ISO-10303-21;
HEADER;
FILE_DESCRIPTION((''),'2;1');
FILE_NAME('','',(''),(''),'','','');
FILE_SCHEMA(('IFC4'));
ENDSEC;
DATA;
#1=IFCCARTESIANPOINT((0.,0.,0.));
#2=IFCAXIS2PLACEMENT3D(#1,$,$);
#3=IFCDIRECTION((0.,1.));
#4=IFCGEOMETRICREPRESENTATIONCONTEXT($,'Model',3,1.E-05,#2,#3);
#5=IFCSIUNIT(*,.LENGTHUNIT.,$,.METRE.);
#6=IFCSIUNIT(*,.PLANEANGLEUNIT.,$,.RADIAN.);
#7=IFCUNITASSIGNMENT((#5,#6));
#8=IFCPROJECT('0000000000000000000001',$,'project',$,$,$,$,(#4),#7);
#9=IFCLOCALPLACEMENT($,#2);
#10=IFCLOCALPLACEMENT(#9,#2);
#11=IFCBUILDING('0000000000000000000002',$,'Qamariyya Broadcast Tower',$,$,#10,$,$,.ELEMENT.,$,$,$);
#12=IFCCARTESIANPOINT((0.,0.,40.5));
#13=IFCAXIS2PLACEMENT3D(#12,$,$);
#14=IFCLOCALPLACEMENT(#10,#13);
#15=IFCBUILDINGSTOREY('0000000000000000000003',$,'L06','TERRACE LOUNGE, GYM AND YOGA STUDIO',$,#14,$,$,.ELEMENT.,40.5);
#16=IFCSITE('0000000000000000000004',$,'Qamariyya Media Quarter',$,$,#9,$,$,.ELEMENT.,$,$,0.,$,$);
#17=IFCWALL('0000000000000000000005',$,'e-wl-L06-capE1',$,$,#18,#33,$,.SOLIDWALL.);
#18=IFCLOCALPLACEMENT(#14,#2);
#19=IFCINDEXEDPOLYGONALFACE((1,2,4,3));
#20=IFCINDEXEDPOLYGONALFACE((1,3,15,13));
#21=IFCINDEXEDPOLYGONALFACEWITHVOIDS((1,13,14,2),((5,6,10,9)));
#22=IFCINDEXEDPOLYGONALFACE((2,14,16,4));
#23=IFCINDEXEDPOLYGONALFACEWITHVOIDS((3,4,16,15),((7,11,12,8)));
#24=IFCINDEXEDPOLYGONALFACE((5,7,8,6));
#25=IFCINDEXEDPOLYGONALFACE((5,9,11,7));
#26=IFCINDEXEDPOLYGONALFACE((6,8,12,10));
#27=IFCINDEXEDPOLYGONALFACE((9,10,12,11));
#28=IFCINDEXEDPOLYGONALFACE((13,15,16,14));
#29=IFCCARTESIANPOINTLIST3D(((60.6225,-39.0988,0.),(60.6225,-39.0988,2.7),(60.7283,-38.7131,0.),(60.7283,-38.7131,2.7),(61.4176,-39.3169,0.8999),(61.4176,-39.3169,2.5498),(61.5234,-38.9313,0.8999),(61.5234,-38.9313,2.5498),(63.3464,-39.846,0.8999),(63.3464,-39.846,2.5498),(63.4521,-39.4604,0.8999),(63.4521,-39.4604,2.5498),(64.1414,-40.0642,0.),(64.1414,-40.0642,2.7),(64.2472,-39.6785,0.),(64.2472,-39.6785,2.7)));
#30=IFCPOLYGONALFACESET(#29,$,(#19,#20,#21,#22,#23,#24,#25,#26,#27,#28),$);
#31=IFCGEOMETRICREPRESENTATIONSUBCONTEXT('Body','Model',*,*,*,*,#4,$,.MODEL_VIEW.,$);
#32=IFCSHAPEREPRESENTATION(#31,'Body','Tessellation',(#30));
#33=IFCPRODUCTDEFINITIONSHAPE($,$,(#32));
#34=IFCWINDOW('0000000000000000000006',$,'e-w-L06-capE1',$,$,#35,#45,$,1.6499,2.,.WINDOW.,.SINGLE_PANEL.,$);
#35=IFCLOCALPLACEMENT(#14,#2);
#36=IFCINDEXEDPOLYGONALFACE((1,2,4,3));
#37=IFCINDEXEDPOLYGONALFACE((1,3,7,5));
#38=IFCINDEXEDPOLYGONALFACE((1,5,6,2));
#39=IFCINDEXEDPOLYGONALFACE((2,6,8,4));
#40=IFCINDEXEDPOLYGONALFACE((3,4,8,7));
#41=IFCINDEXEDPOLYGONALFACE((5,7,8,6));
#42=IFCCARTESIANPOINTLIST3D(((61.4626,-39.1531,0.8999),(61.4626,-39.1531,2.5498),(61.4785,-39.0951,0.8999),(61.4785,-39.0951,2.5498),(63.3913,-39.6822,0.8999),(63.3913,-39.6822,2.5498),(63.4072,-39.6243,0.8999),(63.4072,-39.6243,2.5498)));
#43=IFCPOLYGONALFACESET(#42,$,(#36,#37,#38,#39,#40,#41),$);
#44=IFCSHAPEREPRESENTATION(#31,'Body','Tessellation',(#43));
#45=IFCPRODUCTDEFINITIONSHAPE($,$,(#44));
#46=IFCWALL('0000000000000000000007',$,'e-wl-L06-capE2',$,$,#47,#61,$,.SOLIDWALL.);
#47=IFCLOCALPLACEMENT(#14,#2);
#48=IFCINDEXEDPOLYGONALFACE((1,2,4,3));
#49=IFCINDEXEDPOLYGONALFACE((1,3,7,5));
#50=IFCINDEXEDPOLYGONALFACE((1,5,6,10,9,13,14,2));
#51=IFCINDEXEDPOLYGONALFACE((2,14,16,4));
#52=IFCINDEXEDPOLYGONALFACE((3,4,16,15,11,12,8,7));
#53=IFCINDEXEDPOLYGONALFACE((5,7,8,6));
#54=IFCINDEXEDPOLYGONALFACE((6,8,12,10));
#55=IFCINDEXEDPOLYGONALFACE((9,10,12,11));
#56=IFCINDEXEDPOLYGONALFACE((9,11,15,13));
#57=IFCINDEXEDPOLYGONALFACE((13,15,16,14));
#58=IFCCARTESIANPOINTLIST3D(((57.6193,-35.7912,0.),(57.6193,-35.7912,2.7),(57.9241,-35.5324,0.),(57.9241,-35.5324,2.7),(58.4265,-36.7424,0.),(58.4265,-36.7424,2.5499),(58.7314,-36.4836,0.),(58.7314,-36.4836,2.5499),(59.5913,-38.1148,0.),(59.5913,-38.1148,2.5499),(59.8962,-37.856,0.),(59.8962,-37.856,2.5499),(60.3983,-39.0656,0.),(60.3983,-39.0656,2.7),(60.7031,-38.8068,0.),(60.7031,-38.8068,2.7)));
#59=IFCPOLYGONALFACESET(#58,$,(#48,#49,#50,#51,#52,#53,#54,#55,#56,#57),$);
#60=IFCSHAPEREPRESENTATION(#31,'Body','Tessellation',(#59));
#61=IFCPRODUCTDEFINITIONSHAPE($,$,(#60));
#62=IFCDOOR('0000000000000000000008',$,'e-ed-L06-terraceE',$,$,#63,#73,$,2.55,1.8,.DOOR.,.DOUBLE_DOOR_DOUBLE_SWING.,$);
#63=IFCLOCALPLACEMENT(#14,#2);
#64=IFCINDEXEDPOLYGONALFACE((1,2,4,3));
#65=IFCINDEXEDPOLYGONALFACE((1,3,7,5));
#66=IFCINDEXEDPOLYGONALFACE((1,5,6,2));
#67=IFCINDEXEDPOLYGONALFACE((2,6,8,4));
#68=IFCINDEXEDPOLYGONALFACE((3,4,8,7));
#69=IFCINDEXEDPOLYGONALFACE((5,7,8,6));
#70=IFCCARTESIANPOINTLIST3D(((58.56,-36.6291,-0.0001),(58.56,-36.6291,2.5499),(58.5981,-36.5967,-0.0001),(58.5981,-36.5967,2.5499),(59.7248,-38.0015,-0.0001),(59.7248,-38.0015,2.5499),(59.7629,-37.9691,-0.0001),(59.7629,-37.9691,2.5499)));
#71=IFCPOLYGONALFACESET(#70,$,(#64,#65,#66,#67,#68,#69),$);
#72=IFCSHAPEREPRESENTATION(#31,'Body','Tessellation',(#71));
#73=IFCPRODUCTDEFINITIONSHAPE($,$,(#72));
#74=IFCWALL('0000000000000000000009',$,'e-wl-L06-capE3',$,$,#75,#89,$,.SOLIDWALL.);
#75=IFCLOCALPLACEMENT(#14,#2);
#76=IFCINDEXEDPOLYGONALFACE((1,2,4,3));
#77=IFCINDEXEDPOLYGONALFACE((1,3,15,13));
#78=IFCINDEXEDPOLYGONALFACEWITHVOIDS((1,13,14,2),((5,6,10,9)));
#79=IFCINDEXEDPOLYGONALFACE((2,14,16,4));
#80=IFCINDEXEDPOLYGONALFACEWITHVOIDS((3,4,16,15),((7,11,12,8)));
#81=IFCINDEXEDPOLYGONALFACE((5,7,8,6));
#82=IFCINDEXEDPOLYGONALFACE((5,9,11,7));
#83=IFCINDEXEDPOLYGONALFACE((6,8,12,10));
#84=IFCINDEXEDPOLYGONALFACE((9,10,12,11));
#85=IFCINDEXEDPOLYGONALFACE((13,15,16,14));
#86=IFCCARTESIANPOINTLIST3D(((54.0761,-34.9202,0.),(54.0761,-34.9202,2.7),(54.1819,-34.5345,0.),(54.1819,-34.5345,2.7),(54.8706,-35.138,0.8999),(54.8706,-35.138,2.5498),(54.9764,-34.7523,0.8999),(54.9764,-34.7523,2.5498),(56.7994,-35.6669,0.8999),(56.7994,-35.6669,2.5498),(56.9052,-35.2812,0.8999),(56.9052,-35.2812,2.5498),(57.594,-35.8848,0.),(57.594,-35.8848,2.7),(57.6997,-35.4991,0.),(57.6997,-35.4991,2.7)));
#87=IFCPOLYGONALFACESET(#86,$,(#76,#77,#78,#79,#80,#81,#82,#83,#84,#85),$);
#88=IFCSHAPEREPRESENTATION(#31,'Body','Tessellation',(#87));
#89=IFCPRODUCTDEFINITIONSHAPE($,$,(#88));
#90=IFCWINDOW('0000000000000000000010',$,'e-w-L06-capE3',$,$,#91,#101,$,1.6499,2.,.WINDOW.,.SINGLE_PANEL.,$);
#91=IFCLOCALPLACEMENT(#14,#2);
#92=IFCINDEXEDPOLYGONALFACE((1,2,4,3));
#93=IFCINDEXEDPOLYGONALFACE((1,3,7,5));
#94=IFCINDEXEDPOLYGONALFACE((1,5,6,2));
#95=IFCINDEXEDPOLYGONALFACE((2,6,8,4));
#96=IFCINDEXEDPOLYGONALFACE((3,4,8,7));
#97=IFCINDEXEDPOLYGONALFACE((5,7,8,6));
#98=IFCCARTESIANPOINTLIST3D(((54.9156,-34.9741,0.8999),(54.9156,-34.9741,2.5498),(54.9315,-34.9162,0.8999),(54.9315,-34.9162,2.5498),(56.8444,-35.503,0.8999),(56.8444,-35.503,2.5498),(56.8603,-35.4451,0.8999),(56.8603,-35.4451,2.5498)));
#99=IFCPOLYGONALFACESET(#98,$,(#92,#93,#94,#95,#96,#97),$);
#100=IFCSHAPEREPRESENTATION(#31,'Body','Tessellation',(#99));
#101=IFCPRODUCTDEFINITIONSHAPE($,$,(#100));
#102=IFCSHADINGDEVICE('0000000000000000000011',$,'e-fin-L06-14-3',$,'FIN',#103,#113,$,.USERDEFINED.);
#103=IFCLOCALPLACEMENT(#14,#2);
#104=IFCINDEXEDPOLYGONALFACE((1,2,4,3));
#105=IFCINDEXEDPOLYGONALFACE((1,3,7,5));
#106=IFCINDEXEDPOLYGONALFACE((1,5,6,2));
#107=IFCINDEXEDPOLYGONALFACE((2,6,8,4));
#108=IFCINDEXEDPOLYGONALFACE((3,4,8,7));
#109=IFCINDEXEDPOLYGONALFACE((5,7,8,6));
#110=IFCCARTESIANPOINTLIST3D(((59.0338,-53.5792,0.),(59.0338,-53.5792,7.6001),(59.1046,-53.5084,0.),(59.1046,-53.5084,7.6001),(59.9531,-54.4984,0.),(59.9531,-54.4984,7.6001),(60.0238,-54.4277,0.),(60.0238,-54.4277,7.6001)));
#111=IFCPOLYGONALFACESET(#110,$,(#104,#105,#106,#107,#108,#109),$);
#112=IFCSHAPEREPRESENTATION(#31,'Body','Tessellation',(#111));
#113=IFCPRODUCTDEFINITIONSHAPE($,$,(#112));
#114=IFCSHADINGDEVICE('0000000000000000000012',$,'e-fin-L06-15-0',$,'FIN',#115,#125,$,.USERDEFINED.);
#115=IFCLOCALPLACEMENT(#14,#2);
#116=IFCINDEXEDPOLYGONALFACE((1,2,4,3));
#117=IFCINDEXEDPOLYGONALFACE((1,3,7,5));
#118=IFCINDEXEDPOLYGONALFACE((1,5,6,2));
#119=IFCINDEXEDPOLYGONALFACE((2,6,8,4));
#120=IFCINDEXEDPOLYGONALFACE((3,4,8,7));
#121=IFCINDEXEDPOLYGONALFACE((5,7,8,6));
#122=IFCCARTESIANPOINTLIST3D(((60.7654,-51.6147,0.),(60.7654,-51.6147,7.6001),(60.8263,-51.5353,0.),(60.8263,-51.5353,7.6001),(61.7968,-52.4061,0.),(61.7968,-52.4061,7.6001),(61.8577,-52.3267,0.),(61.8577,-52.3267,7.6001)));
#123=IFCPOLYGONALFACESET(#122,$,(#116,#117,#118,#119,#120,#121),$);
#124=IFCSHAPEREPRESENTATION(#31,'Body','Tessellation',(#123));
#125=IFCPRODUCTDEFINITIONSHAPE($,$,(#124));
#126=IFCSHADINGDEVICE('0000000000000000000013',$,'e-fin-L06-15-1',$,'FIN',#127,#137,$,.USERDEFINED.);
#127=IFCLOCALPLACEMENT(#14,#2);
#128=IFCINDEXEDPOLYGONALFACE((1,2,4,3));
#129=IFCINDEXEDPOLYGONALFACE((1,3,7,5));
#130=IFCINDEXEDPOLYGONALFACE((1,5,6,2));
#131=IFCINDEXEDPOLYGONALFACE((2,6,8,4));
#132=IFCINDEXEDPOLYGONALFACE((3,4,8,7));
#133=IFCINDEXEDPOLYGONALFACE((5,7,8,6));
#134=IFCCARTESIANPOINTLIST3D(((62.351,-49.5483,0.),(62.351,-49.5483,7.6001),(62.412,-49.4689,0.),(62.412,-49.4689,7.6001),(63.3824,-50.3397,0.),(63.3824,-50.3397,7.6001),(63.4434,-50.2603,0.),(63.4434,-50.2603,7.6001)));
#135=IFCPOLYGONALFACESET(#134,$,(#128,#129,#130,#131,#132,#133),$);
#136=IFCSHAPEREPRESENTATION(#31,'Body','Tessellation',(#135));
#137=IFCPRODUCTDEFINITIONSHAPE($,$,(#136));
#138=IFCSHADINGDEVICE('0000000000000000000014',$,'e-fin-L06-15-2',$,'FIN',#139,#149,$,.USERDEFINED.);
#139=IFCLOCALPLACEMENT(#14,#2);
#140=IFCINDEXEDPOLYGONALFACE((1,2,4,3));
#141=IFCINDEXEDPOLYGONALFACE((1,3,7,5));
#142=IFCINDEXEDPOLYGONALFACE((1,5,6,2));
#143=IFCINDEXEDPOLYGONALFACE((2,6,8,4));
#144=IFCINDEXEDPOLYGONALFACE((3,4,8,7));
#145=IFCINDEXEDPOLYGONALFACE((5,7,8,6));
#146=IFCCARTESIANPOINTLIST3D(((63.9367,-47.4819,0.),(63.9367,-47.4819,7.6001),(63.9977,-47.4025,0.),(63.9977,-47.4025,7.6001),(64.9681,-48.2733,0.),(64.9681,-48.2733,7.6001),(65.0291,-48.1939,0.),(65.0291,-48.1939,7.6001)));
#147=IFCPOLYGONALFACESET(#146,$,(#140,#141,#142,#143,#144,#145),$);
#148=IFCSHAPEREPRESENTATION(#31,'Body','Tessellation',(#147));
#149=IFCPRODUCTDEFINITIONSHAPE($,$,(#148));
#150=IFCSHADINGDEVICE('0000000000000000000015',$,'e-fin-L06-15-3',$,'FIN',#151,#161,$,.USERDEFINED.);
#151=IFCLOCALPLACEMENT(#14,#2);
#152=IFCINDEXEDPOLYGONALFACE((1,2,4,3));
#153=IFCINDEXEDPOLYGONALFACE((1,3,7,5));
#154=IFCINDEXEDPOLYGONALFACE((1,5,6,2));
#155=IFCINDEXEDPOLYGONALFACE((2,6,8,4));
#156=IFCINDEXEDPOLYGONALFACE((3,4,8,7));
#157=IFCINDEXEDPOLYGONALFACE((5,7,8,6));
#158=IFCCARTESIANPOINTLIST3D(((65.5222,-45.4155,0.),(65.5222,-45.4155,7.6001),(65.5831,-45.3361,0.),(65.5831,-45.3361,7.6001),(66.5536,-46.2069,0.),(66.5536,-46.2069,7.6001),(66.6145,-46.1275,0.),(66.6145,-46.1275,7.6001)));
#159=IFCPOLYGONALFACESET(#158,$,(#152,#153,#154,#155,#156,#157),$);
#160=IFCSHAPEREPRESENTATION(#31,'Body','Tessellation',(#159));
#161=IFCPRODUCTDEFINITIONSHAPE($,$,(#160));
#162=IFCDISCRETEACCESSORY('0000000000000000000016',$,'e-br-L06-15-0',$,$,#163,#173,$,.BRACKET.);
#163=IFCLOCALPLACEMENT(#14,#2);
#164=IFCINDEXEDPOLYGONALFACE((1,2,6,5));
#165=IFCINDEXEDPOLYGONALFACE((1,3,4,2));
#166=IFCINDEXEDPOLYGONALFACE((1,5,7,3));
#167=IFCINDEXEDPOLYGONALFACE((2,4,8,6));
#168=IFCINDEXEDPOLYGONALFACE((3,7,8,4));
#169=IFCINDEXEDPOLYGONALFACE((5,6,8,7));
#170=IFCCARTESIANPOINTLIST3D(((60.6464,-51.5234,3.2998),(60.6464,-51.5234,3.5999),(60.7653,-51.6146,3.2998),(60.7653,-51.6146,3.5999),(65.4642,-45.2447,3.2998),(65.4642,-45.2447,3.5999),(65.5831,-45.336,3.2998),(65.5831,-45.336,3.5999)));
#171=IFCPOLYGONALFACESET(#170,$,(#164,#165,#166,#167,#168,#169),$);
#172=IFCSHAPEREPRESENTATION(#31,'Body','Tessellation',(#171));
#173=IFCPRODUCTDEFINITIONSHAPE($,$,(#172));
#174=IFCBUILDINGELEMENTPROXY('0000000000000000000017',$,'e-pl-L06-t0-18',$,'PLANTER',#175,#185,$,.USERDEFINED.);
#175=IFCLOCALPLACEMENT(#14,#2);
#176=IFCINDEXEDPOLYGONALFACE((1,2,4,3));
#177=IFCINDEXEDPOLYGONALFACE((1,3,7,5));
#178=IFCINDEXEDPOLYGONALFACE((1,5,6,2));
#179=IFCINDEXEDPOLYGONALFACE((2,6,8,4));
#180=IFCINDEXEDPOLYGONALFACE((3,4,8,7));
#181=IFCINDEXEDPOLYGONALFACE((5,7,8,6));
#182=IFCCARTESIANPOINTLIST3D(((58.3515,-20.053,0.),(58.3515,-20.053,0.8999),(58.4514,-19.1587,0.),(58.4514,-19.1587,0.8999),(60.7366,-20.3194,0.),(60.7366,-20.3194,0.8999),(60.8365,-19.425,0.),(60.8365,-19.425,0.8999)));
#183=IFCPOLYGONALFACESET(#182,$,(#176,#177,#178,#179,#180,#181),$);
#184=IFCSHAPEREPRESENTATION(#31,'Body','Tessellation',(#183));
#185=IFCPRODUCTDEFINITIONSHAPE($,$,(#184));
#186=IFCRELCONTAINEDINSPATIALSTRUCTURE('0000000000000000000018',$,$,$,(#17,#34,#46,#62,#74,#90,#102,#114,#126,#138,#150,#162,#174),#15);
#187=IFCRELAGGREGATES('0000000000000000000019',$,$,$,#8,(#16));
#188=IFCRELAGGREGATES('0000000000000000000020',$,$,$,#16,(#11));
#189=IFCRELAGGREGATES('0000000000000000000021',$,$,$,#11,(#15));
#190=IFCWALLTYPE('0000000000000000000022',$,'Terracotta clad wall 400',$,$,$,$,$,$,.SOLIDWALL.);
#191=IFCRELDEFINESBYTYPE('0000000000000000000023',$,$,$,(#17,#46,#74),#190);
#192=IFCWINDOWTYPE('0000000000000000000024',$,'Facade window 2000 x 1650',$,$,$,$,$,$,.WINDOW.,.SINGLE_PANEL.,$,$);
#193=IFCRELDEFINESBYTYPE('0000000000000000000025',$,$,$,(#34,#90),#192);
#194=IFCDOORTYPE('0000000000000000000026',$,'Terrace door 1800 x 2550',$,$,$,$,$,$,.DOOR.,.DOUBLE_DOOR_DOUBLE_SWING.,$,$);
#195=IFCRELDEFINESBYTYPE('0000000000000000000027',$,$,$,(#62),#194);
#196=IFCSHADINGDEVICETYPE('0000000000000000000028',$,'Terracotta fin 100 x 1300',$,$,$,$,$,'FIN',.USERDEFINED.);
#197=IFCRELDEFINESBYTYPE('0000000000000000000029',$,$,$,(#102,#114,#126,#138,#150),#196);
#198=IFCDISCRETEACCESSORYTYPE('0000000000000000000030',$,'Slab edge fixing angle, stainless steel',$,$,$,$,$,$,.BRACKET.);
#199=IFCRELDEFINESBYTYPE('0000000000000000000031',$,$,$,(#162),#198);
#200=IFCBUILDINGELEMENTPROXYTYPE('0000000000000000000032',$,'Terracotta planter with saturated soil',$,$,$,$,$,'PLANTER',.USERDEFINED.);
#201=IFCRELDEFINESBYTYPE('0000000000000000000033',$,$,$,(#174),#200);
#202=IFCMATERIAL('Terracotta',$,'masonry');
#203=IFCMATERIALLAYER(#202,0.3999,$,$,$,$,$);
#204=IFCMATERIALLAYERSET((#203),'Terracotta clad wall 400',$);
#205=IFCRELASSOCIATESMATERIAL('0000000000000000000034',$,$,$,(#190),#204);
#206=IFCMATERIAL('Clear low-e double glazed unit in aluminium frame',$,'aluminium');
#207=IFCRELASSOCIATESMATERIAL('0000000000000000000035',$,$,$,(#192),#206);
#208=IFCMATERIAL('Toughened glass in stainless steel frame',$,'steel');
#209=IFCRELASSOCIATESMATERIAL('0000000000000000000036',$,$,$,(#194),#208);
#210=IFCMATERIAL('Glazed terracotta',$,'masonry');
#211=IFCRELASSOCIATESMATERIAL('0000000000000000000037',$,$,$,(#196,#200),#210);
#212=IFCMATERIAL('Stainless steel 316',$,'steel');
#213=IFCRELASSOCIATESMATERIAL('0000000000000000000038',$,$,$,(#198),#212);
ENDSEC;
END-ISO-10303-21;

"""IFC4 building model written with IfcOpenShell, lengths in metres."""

from ifc_helpers import new_model, si_unit, direction, frame, frame_2d, origin, origin_2d, place, context, subcontext, project, spatial, rectangle, extrude, material, layer, layer_set, material_profile, profile_set, type_object, element, fill, save


model = new_model("IFC4")

# Units and contexts
model_context = context("Model", 3, precision=1e-05, world=origin(), true_north=direction((0.0, 1.0)))
body_context = subcontext(model_context, "Body", "Model", "MODEL_VIEW")
ifc_project = project(units=[si_unit("LENGTHUNIT", "METRE"), si_unit("PLANEANGLEUNIT", "RADIAN")], contexts=[model_context])

# Site, building, storey
site_placement = place(None, origin())
site = spatial("IfcSite", under=ifc_project, at=site_placement, Name="Qamariyya Media Quarter", CompositionType="ELEMENT", RefElevation=0.0)
building_placement = place(site_placement, origin())
building = spatial("IfcBuilding", under=site, at=building_placement, Name="Qamariyya Broadcast Tower", CompositionType="ELEMENT")
storey_placement = place(building_placement, frame((0.0, 0.0, 40.5)))
storey = spatial("IfcBuildingStorey", under=building, at=storey_placement, Name="L06", Description="TERRACE LOUNGE, GYM AND YOGA STUDIO", CompositionType="ELEMENT", Elevation=40.5)

# Wall, opening, window
ifc_material_1 = material(Name="Terracotta", Category="masonry")
ifc_layer = layer(ifc_material_1, 0.3999)
ifc_layer_set = layer_set([ifc_layer], Name="Terracotta clad wall 400")
wall_type = type_object("IfcWallType", Name="Terracotta clad wall 400", PredefinedType="SOLIDWALL", material=ifc_layer_set)
ifc_material_2 = material(Name="Clear low-e double glazed unit in aluminium frame", Category="aluminium")
window_type = type_object("IfcWindowType", Name="Facade window 2000 x 1650", PartitioningType="SINGLE_PANEL", PredefinedType="WINDOW", material=ifc_material_2)
wall_1_placement = place(storey_placement, frame((64.1943, -39.8713, 0.0), z_axis=(0.0, 0.0, 1.0), x_axis=(-0.964369, 0.264561, 0.0)))
wall_1 = element("IfcWall", 1, at=wall_1_placement, inside=storey, type_object=wall_type, Name="e-wl-L06-capE1", PredefinedType="SOLIDWALL", context=body_context, shape_type="SweptSolid", body=[
    extrude(rectangle(XDim=3.6489, YDim=0.3999, at=frame_2d((1.8245, 0.0))), origin(), (0.0, 0.0, 1.0), 2.7),
])
opening_1_placement = place(wall_1_placement, frame((0.8245, 0.0, 0.8999)))
opening_1 = element("IfcOpeningElement", 2, at=opening_1_placement, cuts=wall_1, PredefinedType="OPENING", context=body_context, shape_type="SweptSolid", body=[
    extrude(rectangle(XDim=2.0, YDim=1.6499, at=frame_2d((1.0, 0.825))), frame((0.0, 0.21, 0.0), z_axis=(0.0, -1.0, 0.0), x_axis=(1.0, 0.0, 0.0)), (0.0, 0.0, 1.0), 0.4199),
])
window_1_placement = place(opening_1_placement, origin())
window_1 = element("IfcWindow", 3, at=window_1_placement, inside=storey, type_object=window_type, Name="e-w-L06-capE1", OverallHeight=1.6499, OverallWidth=2.0, PartitioningType="SINGLE_PANEL", PredefinedType="WINDOW", context=body_context, shape_type="SweptSolid", body=[
    extrude(rectangle(XDim=2.0, YDim=1.6499, at=frame_2d((1.0, 0.825))), frame((0.0, 0.03, 0.0), z_axis=(0.0, -1.0, 0.0), x_axis=(1.0, 0.0, 0.0)), (0.0, 0.0, 1.0), 0.0601),
])
fill(opening_1, window_1)

# Wall, opening, door
wall_2_placement = place(storey_placement, frame((60.5508, -38.9363, 0.0), z_axis=(0.0, 0.0, 1.0), x_axis=(-0.647081, 0.762422, 0.0)))
wall_2 = element("IfcWall", 4, at=wall_2_placement, inside=storey, type_object=wall_type, Name="e-wl-L06-capE2", PredefinedType="SOLIDWALL", context=body_context, shape_type="SweptSolid", body=[
    extrude(rectangle(XDim=4.2947, YDim=0.3999, at=frame_2d((2.1475, 0.0))), origin(), (0.0, 0.0, 1.0), 2.7),
])
opening_2_placement = place(wall_2_placement, frame((1.2473, 0.0, 0.0)))
opening_2 = element("IfcOpeningElement", 5, at=opening_2_placement, cuts=wall_2, PredefinedType="OPENING", context=body_context, shape_type="SweptSolid", body=[
    extrude(rectangle(XDim=1.8, YDim=2.55, at=frame_2d((0.8999, 1.2749))), frame((0.0, 0.21, 0.0), z_axis=(0.0, -1.0, 0.0), x_axis=(1.0, 0.0, 0.0)), (0.0, 0.0, 1.0), 0.4199),
])
ifc_material_3 = material(Name="Toughened glass in stainless steel frame", Category="steel")
door_type = type_object("IfcDoorType", Name="Terrace door 1800 x 2550", OperationType="DOUBLE_DOOR_DOUBLE_SWING", PredefinedType="DOOR", material=ifc_material_3)
door_placement = place(opening_2_placement, origin())
door = element("IfcDoor", 6, at=door_placement, inside=storey, type_object=door_type, Name="e-ed-L06-terraceE", OperationType="DOUBLE_DOOR_DOUBLE_SWING", OverallHeight=2.55, OverallWidth=1.8, PredefinedType="DOOR", context=body_context, shape_type="SweptSolid", body=[
    extrude(rectangle(XDim=1.8, YDim=2.55, at=frame_2d((0.8999, 1.2749))), frame((0.0, 0.0249, 0.0), z_axis=(0.0, -1.0, 0.0), x_axis=(1.0, 0.0, 0.0)), (0.0, 0.0, 1.0), 0.05),
])
fill(opening_2, door)

# Wall, opening, window
wall_3_placement = place(storey_placement, frame((57.6467, -35.6919, 0.0), z_axis=(0.0, 0.0, 1.0), x_axis=(-0.964401, 0.264442, 0.0)))
wall_3 = element("IfcWall", 7, at=wall_3_placement, inside=storey, type_object=wall_type, Name="e-wl-L06-capE3", PredefinedType="SOLIDWALL", context=body_context, shape_type="SweptSolid", body=[
    extrude(rectangle(XDim=3.6477, YDim=0.3999, at=frame_2d((1.8237, 0.0))), origin(), (0.0, 0.0, 1.0), 2.7),
])
opening_3_placement = place(wall_3_placement, frame((0.8237, 0.0, 0.8999)))
opening_3 = element("IfcOpeningElement", 8, at=opening_3_placement, cuts=wall_3, PredefinedType="OPENING", context=body_context, shape_type="SweptSolid", body=[
    extrude(rectangle(XDim=2.0, YDim=1.6499, at=frame_2d((1.0, 0.825))), frame((0.0, 0.21, 0.0), z_axis=(0.0, -1.0, 0.0), x_axis=(1.0, 0.0, 0.0)), (0.0, 0.0, 1.0), 0.4199),
])
window_2_placement = place(opening_3_placement, origin())
window_2 = element("IfcWindow", 9, at=window_2_placement, inside=storey, type_object=window_type, Name="e-w-L06-capE3", OverallHeight=1.6499, OverallWidth=2.0, PartitioningType="SINGLE_PANEL", PredefinedType="WINDOW", context=body_context, shape_type="SweptSolid", body=[
    extrude(rectangle(XDim=2.0, YDim=1.6499, at=frame_2d((1.0, 0.825))), frame((0.0, 0.03, 0.0), z_axis=(0.0, -1.0, 0.0), x_axis=(1.0, 0.0, 0.0)), (0.0, 0.0, 1.0), 0.0601),
])
fill(opening_3, window_2)

# Shading devices
ifc_material_4 = material(Name="Glazed terracotta", Category="masonry")
ifc_material_profile_1 = material_profile(ifc_material_4, rectangle(XDim=1.3, YDim=0.1001, at=origin_2d()))
ifc_profile_set_1 = profile_set([ifc_material_profile_1], Name="Glazed terracotta")
shading_device_type_1 = type_object("IfcShadingDeviceType", Name="Terracotta fin 100 x 1300", ElementType="FIN", PredefinedType="USERDEFINED", material=ifc_profile_set_1)
for number, where, z_axis, x_axis, name in (
    (10, (59.5288, -54.0034, 0.0), (0.0, 0.0, 1.0), (0.707107, -0.707107, 0.0), "e-fin-L06-14-3"),
    (11, (61.3115, -51.9707, 0.0), (0.0, 0.0, 1.0), (0.793353, -0.608761, 0.0), "e-fin-L06-15-0"),
    (12, (62.8972, -49.9043, 0.0), (0.0, 0.0, 1.0), (0.793353, -0.608761, 0.0), "e-fin-L06-15-1"),
    (13, (64.4829, -47.8379, 0.0), (0.0, 0.0, 1.0), (0.793353, -0.608761, 0.0), "e-fin-L06-15-2"),
    (14, (66.0684, -45.7715, 0.0), (0.0, 0.0, 1.0), (0.793353, -0.608761, 0.0), "e-fin-L06-15-3"),
):
    element("IfcShadingDevice", number, at=place(storey_placement, frame(where, z_axis=z_axis, x_axis=x_axis)), inside=storey, type_object=shading_device_type_1, Name=name, ObjectType="FIN", PredefinedType="USERDEFINED", context=body_context, shape_type="SweptSolid", body=[
        extrude(rectangle(XDim=1.3, YDim=0.1001, at=origin_2d()), origin(), (0.0, 0.0, 1.0), 7.6001),
    ])

# Discrete accessory
ifc_material_5 = material(Name="Stainless steel 316", Category="steel")
discrete_accessory_type = type_object("IfcDiscreteAccessoryType", Name="Slab edge fixing angle, stainless steel", PredefinedType="BRACKET", material=ifc_material_5)
discrete_accessory_placement = place(storey_placement, frame((63.1147, -48.4297, 3.2998), z_axis=(0.0, 0.0, 1.0), x_axis=(0.608761, 0.793353, 0.0)))
element("IfcDiscreteAccessory", 15, at=discrete_accessory_placement, inside=storey, type_object=discrete_accessory_type, Name="e-br-L06-15-0", PredefinedType="BRACKET", context=body_context, shape_type="SweptSolid", body=[
    extrude(rectangle(XDim=7.9141, YDim=0.1499, at=origin_2d()), origin(), (0.0, 0.0, 1.0), 0.3),
])

# Building element proxy
building_element_proxy_type = type_object("IfcBuildingElementProxyType", Name="Terracotta planter with saturated soil", ElementType="PLANTER", PredefinedType="USERDEFINED", material=ifc_material_4)
for number, where, z_axis, x_axis, name in (
    (16, (59.594, -19.739, 0.0), (0.0, 0.0, 1.0), (0.993821, -0.110995, 0.0), "e-pl-L06-t0-18"),
):
    element("IfcBuildingElementProxy", number, at=place(storey_placement, frame(where, z_axis=z_axis, x_axis=x_axis)), inside=storey, type_object=building_element_proxy_type, Name=name, ObjectType="PLANTER", PredefinedType="USERDEFINED", context=body_context, shape_type="SweptSolid", body=[
        extrude(rectangle(XDim=2.3999, YDim=0.8999, at=origin_2d()), origin(), (0.0, 0.0, 1.0), 0.8999),
    ])

save(model, "model.ifc")
